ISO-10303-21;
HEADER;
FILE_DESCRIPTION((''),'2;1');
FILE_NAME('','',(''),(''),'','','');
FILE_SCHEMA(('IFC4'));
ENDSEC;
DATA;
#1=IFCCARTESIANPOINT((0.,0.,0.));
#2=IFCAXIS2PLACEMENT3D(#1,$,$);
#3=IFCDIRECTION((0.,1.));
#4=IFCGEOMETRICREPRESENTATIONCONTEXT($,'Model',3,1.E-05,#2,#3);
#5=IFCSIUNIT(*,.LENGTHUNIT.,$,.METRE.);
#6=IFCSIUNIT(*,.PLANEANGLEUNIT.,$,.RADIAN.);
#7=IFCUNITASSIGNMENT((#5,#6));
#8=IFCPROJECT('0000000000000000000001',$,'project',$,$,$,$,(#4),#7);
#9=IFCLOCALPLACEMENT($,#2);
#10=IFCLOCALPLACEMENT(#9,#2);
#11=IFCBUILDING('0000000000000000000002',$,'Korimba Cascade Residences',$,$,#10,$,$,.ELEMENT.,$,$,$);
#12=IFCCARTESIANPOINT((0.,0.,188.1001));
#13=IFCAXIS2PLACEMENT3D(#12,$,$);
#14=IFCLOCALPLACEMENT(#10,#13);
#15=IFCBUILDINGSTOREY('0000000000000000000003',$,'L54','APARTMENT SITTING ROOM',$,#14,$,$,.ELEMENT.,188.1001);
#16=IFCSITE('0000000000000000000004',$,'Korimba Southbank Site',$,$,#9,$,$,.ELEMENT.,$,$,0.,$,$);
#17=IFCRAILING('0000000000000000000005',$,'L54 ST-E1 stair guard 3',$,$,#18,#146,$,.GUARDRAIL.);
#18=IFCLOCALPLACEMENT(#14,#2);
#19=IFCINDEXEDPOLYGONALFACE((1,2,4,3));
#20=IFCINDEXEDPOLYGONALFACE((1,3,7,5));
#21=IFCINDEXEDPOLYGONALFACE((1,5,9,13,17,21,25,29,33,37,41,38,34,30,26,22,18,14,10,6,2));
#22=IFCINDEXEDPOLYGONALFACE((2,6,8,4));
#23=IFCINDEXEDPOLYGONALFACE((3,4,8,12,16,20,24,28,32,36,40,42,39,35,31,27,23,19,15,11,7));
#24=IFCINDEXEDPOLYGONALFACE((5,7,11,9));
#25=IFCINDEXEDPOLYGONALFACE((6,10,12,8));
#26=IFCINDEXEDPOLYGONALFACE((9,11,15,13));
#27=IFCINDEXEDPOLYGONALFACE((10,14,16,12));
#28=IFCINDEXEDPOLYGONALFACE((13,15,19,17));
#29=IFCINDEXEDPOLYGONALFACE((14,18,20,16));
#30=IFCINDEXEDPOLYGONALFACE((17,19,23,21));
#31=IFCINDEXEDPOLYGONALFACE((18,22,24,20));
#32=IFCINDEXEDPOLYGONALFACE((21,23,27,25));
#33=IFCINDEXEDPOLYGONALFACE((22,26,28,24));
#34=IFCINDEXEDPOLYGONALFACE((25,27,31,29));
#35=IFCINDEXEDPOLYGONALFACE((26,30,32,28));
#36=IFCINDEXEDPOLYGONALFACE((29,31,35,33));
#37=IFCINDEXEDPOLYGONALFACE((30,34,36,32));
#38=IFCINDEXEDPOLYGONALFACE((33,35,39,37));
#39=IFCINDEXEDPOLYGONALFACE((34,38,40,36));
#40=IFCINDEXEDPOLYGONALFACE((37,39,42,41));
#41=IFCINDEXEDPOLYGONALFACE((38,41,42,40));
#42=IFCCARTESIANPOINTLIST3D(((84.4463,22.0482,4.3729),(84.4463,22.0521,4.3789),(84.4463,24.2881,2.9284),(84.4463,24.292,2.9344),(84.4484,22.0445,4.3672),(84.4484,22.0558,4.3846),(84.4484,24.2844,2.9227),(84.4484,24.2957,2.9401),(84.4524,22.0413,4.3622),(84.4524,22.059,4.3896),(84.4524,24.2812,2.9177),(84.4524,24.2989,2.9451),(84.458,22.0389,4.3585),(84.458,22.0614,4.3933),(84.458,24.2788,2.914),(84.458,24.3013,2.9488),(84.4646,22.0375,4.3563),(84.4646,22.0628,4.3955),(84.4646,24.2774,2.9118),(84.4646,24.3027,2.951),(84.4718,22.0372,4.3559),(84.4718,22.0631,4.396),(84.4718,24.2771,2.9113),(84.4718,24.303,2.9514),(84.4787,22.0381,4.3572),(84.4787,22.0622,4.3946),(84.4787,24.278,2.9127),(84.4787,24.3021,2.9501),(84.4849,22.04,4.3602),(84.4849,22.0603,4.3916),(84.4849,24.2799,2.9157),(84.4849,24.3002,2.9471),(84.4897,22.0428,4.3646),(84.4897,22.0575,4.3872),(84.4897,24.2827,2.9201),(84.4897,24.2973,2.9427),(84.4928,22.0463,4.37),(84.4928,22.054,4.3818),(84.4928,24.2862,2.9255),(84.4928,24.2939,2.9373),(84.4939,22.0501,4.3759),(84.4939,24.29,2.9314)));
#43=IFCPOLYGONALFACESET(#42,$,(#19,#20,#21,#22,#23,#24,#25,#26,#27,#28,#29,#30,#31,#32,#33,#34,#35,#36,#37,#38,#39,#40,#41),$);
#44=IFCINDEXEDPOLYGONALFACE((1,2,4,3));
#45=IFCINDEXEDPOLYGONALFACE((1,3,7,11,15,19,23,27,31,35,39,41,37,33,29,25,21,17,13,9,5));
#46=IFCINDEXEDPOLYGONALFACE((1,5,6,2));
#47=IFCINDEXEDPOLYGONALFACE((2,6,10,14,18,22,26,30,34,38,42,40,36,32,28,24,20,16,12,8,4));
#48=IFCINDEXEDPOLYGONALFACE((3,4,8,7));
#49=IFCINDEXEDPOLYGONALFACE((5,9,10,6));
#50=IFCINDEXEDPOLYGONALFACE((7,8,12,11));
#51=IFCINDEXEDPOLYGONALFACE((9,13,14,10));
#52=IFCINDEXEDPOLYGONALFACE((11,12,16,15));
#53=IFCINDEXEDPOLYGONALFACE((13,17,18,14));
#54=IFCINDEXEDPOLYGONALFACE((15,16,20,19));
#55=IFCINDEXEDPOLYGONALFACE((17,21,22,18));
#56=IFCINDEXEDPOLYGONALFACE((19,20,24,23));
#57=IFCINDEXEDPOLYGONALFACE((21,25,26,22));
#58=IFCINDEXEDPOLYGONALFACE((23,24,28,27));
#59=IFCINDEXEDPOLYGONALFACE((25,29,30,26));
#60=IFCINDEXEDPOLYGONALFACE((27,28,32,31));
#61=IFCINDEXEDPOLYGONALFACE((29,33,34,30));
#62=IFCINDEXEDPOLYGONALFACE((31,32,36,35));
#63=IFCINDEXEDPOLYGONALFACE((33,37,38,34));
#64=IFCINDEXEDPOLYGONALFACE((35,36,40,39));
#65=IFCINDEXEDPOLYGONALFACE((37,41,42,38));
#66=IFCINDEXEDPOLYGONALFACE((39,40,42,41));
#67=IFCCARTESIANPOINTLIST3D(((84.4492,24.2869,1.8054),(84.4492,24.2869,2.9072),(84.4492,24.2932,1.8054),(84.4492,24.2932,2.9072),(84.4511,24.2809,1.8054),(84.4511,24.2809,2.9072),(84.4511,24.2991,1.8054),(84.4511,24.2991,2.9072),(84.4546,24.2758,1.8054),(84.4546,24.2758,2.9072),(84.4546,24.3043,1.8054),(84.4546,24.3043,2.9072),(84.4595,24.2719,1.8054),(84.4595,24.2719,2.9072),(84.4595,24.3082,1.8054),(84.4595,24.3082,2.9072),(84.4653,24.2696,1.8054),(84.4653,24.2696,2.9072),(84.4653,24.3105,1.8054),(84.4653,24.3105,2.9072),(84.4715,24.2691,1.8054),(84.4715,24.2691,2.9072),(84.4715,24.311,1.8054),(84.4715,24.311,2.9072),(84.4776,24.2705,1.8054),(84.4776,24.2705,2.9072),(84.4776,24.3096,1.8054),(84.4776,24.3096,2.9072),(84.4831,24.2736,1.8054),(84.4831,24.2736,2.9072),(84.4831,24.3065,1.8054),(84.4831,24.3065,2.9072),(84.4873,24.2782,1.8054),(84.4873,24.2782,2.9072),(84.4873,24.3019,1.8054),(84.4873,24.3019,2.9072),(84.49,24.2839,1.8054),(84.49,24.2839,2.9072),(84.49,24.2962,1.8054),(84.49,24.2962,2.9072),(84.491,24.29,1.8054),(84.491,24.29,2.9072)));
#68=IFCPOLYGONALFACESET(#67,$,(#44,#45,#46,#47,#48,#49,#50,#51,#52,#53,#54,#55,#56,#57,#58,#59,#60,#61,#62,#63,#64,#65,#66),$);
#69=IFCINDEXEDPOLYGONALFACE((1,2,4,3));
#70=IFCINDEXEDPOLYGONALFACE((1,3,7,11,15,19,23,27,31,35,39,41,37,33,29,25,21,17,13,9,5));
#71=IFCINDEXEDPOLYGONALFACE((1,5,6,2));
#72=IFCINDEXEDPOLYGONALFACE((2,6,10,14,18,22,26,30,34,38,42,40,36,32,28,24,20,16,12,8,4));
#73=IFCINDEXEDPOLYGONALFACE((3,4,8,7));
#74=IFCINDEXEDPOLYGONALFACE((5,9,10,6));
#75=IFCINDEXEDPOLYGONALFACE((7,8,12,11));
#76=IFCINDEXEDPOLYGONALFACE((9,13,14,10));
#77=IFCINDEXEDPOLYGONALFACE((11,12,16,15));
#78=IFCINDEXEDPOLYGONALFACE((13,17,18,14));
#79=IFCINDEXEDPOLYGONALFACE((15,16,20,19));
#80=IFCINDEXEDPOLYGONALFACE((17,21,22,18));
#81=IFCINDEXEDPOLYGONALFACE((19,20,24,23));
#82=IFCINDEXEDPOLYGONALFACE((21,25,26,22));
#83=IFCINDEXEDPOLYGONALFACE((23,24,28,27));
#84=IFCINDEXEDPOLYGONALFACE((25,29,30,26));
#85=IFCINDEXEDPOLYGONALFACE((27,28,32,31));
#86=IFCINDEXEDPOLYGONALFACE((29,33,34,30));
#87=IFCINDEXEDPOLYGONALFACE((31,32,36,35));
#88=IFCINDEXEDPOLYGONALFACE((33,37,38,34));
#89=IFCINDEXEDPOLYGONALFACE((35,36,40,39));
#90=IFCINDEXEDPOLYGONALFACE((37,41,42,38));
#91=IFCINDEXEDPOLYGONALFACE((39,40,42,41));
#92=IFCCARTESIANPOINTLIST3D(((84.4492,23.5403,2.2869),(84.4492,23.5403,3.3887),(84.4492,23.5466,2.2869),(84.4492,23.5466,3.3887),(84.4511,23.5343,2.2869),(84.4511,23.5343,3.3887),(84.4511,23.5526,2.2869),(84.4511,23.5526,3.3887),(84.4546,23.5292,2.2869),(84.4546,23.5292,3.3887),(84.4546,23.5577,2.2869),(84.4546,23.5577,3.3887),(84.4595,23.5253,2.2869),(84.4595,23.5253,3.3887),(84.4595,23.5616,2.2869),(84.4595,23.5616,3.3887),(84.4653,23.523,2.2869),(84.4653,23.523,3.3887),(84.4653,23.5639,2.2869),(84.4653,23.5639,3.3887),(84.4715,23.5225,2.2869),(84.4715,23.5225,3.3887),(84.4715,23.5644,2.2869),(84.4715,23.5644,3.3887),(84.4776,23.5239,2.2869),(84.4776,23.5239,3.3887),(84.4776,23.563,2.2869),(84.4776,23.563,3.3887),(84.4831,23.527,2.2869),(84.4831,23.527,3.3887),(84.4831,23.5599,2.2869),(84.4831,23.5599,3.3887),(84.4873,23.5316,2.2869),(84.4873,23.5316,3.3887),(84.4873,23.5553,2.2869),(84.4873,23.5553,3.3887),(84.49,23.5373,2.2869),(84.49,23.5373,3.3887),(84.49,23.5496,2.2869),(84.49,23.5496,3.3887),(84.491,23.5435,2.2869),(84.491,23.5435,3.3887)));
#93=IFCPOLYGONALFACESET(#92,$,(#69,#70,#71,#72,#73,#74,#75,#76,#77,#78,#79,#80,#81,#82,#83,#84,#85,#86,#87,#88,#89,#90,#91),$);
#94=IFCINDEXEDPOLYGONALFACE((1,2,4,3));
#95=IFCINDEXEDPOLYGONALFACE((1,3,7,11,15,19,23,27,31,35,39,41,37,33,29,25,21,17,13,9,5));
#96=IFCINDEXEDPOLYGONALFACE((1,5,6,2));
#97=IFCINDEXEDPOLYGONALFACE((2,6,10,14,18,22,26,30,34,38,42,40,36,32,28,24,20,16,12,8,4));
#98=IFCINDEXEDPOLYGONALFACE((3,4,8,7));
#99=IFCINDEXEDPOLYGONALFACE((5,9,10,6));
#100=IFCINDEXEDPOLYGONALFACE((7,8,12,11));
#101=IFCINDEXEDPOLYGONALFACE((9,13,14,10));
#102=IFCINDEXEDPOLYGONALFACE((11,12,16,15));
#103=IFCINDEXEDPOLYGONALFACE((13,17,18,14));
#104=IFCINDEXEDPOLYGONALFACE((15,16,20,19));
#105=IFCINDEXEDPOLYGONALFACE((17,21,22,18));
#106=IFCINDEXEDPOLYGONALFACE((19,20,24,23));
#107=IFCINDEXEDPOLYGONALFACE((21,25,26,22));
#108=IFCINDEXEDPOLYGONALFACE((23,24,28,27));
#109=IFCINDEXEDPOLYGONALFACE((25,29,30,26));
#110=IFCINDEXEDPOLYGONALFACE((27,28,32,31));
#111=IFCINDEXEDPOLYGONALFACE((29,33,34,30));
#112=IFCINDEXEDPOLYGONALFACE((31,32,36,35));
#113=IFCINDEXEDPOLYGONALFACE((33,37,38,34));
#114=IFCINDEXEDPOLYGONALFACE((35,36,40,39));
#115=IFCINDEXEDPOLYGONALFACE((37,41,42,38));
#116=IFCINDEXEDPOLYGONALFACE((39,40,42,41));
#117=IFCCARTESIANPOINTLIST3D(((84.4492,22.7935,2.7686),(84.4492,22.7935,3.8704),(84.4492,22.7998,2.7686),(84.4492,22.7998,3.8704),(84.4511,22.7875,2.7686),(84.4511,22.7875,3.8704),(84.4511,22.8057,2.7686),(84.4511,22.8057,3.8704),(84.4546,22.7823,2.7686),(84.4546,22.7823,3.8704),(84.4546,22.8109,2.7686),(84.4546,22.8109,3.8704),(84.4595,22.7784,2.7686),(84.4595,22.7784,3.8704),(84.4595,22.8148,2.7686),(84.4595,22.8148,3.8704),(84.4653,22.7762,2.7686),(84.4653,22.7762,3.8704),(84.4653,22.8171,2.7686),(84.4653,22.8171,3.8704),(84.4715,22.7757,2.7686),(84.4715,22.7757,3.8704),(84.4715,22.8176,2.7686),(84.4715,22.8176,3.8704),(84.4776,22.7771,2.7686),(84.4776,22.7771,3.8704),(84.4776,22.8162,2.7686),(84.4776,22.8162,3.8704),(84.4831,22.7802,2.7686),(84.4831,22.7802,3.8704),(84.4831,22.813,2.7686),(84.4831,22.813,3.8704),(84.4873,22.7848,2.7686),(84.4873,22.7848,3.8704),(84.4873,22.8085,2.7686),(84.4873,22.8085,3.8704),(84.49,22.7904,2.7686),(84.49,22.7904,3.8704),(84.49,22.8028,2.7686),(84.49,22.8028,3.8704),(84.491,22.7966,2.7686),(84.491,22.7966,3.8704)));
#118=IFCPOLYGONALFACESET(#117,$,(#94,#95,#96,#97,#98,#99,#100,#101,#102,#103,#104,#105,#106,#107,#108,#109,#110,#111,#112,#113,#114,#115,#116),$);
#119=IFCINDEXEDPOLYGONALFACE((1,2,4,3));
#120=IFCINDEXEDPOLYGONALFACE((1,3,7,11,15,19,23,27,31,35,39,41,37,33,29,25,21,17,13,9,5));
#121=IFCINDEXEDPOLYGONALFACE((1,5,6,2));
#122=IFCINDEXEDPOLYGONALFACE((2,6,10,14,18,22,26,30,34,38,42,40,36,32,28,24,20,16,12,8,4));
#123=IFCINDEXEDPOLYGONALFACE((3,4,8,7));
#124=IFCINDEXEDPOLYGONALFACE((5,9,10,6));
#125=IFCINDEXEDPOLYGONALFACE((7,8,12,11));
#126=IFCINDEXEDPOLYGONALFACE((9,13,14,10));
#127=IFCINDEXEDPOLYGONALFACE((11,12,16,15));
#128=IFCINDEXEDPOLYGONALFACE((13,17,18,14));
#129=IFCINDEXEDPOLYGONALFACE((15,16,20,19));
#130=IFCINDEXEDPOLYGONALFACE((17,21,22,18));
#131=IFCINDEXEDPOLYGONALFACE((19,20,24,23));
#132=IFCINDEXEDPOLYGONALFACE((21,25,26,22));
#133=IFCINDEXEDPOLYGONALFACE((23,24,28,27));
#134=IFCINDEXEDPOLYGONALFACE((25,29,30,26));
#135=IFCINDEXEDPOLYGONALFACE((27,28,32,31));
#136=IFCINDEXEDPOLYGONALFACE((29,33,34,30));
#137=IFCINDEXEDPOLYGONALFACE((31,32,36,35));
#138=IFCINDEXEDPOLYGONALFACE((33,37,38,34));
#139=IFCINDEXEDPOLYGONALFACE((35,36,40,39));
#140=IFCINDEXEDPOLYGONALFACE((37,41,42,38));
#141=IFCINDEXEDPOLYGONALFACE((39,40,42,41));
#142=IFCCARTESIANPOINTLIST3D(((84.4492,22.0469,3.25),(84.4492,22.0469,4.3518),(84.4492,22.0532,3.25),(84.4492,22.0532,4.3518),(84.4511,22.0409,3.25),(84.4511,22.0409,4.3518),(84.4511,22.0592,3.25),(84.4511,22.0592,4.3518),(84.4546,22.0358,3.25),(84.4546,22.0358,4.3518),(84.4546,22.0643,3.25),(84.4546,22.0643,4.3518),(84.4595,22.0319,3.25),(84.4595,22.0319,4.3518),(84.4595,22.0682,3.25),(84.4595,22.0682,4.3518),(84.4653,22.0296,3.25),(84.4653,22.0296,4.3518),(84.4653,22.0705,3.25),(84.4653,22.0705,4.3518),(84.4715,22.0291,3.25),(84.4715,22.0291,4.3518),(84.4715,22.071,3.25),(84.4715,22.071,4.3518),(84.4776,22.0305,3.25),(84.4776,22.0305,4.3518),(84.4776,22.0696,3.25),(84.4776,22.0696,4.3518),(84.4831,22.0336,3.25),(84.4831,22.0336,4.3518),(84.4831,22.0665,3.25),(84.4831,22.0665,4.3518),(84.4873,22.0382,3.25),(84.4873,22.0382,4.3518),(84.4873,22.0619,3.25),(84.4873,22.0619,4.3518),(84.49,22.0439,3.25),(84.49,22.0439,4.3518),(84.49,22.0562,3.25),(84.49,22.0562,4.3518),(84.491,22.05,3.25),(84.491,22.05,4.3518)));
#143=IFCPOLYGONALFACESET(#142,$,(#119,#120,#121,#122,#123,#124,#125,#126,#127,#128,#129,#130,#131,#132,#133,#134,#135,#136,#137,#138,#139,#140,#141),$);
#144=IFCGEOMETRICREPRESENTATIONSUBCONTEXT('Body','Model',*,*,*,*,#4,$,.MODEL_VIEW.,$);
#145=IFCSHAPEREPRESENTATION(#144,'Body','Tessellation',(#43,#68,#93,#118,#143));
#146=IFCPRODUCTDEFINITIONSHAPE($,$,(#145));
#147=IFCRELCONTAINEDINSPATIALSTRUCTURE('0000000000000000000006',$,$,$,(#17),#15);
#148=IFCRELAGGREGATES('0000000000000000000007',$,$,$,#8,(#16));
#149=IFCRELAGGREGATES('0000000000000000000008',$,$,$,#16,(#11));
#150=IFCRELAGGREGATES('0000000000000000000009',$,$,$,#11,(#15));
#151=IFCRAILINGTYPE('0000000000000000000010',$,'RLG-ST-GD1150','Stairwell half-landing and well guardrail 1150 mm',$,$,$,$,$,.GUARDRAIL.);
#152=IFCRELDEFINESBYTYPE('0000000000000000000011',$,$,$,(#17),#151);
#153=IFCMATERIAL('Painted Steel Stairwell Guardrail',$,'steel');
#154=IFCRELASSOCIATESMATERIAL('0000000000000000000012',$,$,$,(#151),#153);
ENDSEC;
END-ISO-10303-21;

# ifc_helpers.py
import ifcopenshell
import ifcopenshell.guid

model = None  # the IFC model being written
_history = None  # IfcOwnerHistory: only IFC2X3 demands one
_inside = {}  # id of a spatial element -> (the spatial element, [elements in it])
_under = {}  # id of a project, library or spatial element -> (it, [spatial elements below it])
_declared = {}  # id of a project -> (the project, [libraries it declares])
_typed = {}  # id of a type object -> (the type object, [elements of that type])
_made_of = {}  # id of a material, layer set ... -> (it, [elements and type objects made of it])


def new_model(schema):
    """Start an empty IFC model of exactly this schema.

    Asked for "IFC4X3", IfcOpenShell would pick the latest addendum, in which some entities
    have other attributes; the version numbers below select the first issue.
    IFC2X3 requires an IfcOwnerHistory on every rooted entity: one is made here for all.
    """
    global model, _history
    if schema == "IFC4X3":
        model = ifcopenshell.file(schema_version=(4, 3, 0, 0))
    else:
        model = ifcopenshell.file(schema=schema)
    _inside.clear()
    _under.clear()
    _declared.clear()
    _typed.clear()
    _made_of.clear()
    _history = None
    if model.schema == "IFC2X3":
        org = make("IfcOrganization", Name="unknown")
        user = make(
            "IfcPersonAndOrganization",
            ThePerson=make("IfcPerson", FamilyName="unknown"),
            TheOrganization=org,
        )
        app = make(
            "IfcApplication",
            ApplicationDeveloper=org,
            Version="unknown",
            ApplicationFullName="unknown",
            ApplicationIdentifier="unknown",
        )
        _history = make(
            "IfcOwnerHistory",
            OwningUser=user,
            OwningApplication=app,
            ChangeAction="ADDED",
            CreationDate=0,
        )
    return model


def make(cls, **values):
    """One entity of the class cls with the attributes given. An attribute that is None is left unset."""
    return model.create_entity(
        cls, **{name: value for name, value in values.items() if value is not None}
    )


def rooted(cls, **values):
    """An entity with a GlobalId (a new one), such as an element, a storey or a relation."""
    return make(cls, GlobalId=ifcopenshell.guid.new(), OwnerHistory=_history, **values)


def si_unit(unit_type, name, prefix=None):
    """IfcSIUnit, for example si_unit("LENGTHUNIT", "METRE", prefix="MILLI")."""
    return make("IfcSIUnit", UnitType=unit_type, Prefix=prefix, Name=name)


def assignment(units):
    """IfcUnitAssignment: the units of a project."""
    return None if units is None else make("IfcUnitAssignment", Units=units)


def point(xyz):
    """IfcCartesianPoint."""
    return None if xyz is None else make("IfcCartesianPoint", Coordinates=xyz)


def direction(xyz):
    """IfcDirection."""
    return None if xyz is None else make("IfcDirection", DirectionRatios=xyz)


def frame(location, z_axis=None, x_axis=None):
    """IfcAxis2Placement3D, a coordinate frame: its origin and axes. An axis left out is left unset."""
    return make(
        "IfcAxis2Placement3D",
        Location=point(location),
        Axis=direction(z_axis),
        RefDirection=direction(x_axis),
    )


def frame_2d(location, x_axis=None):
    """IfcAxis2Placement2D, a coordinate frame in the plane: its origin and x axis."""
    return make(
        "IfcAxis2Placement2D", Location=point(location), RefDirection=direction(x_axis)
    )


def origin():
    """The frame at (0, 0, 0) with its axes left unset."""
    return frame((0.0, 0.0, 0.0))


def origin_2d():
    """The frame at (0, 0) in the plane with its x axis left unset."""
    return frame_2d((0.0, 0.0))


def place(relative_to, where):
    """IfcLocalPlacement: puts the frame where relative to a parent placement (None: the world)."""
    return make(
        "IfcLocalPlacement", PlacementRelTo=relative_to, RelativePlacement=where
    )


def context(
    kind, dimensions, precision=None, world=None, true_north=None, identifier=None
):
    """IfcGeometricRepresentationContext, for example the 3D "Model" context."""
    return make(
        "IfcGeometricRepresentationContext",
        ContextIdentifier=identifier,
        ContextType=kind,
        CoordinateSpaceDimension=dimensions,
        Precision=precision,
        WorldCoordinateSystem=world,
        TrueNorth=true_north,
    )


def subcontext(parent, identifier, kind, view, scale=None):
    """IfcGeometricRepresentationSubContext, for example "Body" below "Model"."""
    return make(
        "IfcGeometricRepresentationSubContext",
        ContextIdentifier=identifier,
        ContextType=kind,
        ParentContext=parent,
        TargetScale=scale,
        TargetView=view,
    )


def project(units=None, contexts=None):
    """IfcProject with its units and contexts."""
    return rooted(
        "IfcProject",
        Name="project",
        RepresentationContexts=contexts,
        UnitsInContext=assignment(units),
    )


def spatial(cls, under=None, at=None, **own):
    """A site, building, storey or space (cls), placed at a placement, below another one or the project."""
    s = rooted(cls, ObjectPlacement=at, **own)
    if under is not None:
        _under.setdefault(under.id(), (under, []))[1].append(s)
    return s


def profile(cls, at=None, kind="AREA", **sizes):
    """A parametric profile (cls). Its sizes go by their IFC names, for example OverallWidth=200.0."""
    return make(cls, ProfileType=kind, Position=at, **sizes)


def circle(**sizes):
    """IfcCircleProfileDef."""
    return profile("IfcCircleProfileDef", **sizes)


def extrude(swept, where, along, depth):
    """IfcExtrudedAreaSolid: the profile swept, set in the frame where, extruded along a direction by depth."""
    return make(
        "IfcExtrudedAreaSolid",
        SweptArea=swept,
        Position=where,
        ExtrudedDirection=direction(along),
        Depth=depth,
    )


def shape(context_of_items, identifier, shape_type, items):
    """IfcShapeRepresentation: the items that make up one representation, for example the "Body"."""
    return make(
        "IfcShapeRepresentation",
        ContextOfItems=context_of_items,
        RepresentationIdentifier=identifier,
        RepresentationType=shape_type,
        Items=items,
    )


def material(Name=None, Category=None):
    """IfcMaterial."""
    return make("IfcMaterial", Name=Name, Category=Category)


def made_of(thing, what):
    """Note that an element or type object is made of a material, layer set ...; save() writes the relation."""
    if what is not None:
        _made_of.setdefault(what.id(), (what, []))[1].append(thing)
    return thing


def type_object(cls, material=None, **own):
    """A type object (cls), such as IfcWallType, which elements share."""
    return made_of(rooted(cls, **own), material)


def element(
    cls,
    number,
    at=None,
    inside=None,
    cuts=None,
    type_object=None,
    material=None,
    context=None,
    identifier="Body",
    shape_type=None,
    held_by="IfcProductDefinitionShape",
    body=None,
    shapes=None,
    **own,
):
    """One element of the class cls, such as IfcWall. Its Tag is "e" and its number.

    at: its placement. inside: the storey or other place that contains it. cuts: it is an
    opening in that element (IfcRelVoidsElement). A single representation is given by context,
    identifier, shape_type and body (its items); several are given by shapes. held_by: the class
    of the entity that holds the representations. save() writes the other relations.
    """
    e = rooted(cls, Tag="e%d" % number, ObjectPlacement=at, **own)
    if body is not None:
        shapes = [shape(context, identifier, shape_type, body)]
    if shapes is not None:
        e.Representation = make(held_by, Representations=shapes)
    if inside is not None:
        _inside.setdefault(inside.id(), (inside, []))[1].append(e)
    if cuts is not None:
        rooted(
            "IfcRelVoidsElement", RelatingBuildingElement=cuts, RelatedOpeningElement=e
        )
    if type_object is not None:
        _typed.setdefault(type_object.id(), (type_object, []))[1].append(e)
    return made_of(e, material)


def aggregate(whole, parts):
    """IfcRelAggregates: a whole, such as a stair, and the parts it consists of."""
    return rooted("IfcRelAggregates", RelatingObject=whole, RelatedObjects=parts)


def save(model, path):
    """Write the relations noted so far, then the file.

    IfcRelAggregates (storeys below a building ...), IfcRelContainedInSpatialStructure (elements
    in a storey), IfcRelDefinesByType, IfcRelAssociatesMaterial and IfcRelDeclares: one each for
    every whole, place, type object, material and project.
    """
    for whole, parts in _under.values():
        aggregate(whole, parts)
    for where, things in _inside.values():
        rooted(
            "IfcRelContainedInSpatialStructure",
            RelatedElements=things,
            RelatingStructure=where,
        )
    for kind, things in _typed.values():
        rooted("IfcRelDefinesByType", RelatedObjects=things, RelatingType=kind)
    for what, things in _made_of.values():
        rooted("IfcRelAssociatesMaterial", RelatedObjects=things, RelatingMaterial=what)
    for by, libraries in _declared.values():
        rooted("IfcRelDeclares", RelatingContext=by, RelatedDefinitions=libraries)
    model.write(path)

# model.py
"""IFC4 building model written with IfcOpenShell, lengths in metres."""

from ifc_helpers import new_model, si_unit, direction, frame, origin, origin_2d, place, context, subcontext, project, spatial, circle, extrude, material, type_object, element, save


model = new_model("IFC4")

# Units and contexts
model_context = context("Model", 3, precision=1e-05, world=origin(), true_north=direction((0.0, 1.0)))
body_context = subcontext(model_context, "Body", "Model", "MODEL_VIEW")
ifc_project = project(units=[si_unit("LENGTHUNIT", "METRE"), si_unit("PLANEANGLEUNIT", "RADIAN")], contexts=[model_context])

# Site, building, storey
site_placement = place(None, origin())
site = spatial("IfcSite", under=ifc_project, at=site_placement, Name="Korimba Southbank Site", CompositionType="ELEMENT", RefElevation=0.0)
building_placement = place(site_placement, origin())
building = spatial("IfcBuilding", under=site, at=building_placement, Name="Korimba Cascade Residences", CompositionType="ELEMENT")
storey_placement = place(building_placement, frame((0.0, 0.0, 188.1001)))
storey = spatial("IfcBuildingStorey", under=building, at=storey_placement, Name="L54", Description="APARTMENT SITTING ROOM", CompositionType="ELEMENT", Elevation=188.1001)

# Railing
ifc_material_1 = material(Name="Painted Steel Stairwell Guardrail", Category="steel")
railing_type_1 = type_object("IfcRailingType", Name="RLG-ST-GD1150", Description="Stairwell half-landing and well guardrail 1150 mm", PredefinedType="GUARDRAIL", material=ifc_material_1)
railing_1_placement = place(storey_placement, frame((84.47, 24.29, 1.8054)))
element("IfcRailing", 1, at=railing_1_placement, inside=storey, type_object=railing_type_1, Name="L54 ST-E1 stair guard 3", PredefinedType="GUARDRAIL", context=body_context, shape_type="SweptSolid", body=[
    extrude(circle(Radius=0.0239, at=origin_2d()), frame((0.0, 0.0, 1.126), z_axis=(0.0, -0.840395, 0.541975), x_axis=(1.0, 0.0, 0.0)), (0.0, 0.0, 1.0), 2.6653),
    extrude(circle(Radius=0.021, at=origin_2d()), origin(), (0.0, 0.0, 1.0), 1.1018),
    extrude(circle(Radius=0.021, at=origin_2d()), frame((0.0, -0.7466, 0.4814)), (0.0, 0.0, 1.0), 1.1018),
    extrude(circle(Radius=0.021, at=origin_2d()), frame((0.0, -1.4934, 0.9631)), (0.0, 0.0, 1.0), 1.1018),
    extrude(circle(Radius=0.021, at=origin_2d()), frame((0.0, -2.24, 1.4446)), (0.0, 0.0, 1.0), 1.1018),
])

save(model, "model.ifc")
